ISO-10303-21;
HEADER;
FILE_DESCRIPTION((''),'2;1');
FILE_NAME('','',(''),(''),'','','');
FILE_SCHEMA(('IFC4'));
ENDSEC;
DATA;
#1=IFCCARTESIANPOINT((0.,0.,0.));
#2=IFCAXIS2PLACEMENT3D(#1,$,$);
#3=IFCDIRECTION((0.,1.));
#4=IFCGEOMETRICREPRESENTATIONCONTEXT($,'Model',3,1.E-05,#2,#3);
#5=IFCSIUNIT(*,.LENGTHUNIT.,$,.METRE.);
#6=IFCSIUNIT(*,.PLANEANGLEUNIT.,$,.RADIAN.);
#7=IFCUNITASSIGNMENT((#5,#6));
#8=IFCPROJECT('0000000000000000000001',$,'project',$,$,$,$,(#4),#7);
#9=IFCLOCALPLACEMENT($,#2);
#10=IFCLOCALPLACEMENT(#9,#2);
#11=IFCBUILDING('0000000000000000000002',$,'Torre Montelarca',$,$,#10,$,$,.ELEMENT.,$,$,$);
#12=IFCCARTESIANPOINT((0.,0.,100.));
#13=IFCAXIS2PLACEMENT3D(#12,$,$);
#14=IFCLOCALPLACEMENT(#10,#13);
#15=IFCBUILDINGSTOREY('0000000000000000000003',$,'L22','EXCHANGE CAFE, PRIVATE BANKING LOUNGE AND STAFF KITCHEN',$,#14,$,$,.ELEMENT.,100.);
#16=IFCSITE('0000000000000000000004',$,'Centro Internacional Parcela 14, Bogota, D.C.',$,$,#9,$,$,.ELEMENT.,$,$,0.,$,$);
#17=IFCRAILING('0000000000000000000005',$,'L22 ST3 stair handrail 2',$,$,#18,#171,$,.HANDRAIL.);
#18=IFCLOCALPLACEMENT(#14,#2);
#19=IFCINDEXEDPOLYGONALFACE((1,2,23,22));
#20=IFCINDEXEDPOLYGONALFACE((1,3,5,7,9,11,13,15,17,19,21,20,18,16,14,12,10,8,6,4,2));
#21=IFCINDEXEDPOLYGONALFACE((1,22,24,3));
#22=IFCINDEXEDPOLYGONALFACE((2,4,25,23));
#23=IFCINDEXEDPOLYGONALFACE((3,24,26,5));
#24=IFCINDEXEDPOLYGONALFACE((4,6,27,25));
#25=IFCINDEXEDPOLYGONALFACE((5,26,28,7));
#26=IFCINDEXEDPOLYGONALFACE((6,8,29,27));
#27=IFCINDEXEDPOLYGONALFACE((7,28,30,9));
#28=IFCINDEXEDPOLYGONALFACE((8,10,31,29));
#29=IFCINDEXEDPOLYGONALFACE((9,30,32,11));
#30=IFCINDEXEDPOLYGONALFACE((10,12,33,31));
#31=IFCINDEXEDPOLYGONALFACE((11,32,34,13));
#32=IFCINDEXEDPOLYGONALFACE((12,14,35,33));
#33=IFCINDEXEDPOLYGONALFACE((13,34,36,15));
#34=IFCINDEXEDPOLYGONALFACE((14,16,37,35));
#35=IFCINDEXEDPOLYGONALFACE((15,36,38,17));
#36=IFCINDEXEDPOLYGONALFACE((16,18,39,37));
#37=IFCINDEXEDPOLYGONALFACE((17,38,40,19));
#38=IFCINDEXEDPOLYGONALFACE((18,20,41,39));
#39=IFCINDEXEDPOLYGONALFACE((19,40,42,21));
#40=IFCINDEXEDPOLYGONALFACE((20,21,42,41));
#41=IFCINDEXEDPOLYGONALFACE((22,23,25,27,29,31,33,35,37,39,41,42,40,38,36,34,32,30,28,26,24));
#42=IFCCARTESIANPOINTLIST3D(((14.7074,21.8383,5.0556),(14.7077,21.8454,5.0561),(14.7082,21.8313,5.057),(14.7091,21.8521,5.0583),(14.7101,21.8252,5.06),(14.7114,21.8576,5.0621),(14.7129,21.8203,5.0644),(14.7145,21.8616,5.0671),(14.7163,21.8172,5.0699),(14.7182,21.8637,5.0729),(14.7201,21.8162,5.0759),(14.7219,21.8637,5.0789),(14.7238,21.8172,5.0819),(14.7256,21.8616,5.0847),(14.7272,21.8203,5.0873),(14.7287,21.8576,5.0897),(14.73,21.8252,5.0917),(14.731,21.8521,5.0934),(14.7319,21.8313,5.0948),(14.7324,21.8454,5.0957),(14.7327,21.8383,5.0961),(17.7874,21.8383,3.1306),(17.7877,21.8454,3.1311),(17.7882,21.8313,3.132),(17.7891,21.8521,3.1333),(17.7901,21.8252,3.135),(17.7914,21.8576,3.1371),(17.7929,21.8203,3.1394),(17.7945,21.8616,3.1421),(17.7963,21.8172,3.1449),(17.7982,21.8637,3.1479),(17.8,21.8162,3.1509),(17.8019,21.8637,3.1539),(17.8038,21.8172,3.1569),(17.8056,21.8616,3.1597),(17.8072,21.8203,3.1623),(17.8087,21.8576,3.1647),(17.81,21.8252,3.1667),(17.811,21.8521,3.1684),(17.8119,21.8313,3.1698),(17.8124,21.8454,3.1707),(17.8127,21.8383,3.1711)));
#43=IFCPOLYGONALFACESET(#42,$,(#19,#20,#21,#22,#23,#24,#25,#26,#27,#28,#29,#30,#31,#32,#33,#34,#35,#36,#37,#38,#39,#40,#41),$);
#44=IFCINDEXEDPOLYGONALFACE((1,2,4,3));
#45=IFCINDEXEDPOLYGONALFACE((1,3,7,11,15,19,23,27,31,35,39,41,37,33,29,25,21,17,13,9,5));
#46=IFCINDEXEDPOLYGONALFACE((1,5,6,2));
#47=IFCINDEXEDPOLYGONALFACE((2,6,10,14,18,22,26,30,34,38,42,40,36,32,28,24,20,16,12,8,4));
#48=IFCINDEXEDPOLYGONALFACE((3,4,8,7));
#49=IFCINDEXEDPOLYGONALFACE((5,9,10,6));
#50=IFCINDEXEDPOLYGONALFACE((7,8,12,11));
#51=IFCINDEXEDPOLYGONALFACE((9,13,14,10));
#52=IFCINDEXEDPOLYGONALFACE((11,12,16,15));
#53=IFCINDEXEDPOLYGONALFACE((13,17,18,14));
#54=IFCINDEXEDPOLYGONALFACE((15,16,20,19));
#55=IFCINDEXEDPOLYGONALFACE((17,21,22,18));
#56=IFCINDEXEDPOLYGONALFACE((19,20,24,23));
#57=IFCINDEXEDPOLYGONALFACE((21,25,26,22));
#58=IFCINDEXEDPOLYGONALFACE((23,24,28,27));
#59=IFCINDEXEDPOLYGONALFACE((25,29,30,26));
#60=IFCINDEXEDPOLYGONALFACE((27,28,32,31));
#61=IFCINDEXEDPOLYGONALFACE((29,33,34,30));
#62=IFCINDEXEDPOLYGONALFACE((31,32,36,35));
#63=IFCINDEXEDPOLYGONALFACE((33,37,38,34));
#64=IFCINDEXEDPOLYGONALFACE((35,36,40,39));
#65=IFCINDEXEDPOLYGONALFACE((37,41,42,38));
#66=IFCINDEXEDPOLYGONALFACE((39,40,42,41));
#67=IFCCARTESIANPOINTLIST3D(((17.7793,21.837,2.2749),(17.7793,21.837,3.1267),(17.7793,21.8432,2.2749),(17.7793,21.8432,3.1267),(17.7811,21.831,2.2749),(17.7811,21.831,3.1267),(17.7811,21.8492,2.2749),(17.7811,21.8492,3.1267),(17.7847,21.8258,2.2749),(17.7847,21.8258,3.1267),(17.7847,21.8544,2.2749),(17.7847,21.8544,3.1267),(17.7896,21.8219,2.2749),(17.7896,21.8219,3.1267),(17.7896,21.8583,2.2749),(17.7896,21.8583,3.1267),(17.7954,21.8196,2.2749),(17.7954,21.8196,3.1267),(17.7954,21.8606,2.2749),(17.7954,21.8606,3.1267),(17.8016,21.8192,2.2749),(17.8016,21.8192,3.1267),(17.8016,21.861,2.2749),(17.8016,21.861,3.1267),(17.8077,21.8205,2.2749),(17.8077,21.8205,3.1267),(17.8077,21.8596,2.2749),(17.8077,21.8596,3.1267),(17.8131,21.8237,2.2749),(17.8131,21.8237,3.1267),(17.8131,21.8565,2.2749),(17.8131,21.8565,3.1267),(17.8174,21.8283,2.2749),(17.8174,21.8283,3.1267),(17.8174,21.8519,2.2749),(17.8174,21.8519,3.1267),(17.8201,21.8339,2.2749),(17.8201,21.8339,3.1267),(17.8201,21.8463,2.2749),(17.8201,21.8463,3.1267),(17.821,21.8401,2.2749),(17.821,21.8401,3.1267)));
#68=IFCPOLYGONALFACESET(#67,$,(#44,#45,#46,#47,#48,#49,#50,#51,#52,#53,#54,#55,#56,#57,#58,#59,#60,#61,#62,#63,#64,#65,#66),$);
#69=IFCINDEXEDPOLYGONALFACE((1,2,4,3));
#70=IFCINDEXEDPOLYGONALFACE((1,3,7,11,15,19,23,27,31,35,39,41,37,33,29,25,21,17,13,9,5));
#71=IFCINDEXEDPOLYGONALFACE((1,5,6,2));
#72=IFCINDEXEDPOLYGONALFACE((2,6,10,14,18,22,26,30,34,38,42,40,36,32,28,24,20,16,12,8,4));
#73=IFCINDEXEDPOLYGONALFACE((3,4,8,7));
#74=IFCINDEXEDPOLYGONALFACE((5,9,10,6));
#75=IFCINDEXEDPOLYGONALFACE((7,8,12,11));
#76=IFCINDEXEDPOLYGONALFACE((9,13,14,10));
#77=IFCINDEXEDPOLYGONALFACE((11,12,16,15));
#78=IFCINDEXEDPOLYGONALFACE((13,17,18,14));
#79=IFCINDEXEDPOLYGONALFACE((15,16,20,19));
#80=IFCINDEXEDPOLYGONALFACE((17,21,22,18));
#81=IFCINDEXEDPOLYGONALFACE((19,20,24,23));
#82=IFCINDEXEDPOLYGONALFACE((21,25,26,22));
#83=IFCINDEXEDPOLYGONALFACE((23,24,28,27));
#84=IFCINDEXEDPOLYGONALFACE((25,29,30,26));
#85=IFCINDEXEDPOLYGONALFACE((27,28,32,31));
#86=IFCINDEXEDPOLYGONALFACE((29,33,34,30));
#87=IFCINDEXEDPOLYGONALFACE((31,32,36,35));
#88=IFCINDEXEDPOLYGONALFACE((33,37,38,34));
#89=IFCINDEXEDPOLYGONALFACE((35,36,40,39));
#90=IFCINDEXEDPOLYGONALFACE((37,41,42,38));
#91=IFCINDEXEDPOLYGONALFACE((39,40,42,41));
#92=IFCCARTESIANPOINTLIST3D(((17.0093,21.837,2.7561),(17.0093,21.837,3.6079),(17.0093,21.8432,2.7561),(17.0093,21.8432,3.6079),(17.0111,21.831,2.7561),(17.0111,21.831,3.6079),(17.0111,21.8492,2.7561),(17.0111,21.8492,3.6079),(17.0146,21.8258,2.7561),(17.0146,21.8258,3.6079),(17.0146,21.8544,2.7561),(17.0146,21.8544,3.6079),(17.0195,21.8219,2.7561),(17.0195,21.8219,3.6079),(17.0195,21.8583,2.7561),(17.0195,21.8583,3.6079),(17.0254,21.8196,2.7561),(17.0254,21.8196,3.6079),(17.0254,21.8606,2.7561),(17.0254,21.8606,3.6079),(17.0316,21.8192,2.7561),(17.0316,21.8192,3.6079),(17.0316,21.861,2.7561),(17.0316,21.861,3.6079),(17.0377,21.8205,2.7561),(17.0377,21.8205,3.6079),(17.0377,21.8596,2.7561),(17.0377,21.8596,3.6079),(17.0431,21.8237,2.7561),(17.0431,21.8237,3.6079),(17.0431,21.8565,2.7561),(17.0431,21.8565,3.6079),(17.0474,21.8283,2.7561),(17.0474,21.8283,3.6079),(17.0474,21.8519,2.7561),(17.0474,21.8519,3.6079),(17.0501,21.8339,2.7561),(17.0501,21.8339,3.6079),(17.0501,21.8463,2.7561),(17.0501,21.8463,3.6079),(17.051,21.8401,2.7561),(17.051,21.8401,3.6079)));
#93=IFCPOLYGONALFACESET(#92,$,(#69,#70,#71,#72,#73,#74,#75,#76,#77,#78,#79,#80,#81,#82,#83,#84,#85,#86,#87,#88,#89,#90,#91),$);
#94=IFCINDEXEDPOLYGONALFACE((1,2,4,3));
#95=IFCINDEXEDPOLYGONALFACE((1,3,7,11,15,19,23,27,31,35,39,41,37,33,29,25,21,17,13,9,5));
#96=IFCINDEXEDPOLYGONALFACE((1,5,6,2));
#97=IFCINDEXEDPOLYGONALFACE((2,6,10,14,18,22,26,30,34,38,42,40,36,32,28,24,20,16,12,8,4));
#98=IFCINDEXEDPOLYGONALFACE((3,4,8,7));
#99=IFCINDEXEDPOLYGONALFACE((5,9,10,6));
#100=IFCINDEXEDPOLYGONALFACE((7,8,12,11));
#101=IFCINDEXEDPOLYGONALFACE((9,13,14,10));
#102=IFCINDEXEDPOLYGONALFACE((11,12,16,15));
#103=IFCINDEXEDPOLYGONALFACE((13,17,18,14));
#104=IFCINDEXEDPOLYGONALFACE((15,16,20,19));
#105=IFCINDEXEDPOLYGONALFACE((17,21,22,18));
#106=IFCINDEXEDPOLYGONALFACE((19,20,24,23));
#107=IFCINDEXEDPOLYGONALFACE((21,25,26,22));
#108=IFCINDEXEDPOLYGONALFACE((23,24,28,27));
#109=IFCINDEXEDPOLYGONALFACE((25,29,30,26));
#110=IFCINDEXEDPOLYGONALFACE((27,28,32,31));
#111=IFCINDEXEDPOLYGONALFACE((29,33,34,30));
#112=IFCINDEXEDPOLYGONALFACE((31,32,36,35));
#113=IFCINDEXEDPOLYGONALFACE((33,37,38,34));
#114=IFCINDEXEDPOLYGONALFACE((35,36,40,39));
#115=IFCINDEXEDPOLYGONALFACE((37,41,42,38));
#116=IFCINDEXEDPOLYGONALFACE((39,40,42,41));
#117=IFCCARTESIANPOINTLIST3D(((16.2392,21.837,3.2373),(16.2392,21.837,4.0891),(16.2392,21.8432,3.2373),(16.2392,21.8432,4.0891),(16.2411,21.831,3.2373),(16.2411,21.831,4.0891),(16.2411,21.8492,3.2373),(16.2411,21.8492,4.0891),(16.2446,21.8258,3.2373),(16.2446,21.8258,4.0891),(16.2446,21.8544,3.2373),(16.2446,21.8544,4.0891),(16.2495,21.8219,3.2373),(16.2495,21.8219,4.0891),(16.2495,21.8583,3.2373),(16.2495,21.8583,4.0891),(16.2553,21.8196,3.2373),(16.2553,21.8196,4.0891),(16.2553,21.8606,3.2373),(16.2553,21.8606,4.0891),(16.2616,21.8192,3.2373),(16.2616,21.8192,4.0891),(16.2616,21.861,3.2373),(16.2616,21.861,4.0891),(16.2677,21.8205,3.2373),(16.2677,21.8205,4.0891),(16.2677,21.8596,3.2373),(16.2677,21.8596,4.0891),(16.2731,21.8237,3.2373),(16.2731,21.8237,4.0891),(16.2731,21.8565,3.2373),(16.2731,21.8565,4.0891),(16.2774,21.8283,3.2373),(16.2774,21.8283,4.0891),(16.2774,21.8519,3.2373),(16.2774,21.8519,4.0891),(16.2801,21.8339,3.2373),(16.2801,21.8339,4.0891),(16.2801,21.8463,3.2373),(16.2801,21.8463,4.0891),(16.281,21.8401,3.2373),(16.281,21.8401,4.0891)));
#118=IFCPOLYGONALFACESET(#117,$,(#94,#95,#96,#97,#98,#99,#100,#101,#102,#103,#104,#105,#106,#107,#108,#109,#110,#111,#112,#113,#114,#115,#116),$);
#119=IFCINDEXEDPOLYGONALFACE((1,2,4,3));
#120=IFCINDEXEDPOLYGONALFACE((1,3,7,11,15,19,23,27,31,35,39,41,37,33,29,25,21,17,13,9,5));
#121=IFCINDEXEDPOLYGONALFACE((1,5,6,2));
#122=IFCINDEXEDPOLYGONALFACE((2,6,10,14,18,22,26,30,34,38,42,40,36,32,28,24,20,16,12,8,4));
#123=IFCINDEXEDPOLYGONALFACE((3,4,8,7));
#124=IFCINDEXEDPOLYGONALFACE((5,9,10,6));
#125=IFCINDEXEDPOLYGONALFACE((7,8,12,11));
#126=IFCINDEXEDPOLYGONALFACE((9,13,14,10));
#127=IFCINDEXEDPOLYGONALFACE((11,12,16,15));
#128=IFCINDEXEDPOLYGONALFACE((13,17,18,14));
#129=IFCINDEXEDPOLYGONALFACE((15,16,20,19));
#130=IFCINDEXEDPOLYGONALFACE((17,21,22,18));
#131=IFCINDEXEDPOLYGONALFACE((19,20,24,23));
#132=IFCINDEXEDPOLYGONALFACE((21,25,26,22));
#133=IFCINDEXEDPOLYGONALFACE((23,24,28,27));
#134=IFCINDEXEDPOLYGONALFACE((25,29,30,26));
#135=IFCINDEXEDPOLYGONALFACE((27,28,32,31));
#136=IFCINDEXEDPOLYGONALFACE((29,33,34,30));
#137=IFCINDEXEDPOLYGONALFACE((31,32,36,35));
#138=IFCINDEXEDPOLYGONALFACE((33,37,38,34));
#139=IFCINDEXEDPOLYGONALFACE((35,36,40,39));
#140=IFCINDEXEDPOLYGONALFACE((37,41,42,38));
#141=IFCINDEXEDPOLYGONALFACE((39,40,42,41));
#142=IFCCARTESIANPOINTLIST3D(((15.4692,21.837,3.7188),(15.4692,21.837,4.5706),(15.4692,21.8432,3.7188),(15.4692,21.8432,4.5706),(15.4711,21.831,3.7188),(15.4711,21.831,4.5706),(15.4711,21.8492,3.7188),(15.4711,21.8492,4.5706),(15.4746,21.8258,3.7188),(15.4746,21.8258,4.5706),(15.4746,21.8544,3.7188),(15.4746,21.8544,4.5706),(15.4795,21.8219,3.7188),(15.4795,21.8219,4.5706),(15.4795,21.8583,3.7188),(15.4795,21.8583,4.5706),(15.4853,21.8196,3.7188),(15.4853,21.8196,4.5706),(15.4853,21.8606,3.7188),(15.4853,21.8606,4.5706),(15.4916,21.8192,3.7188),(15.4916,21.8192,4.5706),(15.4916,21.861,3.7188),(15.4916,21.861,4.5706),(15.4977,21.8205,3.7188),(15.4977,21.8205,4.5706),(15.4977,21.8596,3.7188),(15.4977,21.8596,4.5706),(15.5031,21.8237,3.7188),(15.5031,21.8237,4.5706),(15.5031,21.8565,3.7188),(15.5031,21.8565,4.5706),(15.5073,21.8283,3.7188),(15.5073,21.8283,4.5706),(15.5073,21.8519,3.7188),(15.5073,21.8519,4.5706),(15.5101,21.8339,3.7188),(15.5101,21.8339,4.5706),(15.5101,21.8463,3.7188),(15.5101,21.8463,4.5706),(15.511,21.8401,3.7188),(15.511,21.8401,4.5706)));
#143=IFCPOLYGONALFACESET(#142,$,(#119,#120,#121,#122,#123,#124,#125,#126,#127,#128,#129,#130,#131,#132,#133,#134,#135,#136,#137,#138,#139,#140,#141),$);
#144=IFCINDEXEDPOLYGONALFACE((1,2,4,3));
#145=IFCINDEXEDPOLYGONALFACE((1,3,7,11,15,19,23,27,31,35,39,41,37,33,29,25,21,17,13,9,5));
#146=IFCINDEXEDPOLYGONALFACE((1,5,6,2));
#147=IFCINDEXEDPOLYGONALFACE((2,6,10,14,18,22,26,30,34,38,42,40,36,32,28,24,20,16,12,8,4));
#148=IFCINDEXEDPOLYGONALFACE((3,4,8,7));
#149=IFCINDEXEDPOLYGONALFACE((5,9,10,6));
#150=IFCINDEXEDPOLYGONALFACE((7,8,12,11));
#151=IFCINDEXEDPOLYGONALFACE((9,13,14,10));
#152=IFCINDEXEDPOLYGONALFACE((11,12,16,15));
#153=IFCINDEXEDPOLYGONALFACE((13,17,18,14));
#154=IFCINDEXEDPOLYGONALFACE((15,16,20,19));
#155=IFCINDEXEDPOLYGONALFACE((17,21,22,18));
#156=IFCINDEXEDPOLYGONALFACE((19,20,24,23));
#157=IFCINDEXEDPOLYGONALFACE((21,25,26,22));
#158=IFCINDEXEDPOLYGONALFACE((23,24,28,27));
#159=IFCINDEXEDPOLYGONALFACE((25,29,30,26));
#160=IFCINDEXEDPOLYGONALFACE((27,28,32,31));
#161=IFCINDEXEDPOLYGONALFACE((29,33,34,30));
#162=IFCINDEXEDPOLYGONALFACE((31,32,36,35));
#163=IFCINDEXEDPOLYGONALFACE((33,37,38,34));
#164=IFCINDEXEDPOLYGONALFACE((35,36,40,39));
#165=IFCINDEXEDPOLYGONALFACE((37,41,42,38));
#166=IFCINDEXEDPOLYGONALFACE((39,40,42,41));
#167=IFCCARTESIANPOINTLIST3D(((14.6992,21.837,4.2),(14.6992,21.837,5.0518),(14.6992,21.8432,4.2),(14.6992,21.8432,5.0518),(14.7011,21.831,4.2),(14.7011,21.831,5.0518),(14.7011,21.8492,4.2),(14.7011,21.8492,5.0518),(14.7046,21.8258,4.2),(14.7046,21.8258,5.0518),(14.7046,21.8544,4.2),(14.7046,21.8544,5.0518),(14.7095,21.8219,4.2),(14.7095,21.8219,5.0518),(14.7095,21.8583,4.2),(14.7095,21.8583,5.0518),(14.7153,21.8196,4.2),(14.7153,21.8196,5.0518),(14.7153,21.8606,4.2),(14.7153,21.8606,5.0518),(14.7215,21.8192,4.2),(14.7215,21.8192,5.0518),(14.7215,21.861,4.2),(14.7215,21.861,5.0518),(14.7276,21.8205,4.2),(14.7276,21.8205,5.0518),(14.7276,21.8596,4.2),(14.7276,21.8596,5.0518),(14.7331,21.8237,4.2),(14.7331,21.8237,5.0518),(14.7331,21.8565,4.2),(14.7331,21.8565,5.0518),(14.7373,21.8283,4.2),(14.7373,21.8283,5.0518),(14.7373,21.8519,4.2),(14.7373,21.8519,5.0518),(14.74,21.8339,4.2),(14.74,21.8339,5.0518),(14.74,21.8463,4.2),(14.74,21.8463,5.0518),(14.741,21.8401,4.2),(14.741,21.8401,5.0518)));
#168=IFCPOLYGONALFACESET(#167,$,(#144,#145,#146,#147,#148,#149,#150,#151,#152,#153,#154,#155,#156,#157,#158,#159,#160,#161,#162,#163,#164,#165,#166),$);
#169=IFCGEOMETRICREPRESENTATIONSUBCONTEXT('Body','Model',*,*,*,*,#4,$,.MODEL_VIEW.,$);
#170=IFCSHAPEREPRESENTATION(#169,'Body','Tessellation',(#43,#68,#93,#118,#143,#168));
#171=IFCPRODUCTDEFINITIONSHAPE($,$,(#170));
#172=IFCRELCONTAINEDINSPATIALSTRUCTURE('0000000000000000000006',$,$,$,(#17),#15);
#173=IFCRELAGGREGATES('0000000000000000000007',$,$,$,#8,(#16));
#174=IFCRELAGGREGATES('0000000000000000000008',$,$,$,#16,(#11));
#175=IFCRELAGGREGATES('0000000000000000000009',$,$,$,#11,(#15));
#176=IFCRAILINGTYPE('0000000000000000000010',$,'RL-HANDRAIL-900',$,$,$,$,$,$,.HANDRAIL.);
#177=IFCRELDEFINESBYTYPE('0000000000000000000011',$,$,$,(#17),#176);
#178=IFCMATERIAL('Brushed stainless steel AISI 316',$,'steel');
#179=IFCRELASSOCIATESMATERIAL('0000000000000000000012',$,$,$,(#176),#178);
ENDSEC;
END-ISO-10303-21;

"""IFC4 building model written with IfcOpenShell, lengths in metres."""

from ifc_helpers import new_model, si_unit, direction, frame, origin, origin_2d, place, context, subcontext, project, spatial, circle, extrude, material, type_object, element, save


model = new_model("IFC4")

# Units and contexts
model_context = context("Model", 3, precision=1e-05, world=origin(), true_north=direction((0.0, 1.0)))
body_context = subcontext(model_context, "Body", "Model", "MODEL_VIEW")
ifc_project = project(units=[si_unit("LENGTHUNIT", "METRE"), si_unit("PLANEANGLEUNIT", "RADIAN")], contexts=[model_context])

# Site, building, storey
site_placement = place(None, origin())
site = spatial("IfcSite", under=ifc_project, at=site_placement, Name="Centro Internacional Parcela 14, Bogota, D.C.", CompositionType="ELEMENT", RefElevation=0.0)
building_placement = place(site_placement, origin())
building = spatial("IfcBuilding", under=site, at=building_placement, Name="Torre Montelarca", CompositionType="ELEMENT")
storey_placement = place(building_placement, frame((0.0, 0.0, 100.0)))
storey = spatial("IfcBuildingStorey", under=building, at=storey_placement, Name="L22", Description="EXCHANGE CAFE, PRIVATE BANKING LOUNGE AND STAFF KITCHEN", CompositionType="ELEMENT", Elevation=100.0)

# Railing
ifc_material_1 = material(Name="Brushed stainless steel AISI 316", Category="steel")
railing_type_1 = type_object("IfcRailingType", Name="RL-HANDRAIL-900", PredefinedType="HANDRAIL", material=ifc_material_1)
railing_1_placement = place(storey_placement, frame((17.8, 21.8401, 2.2749)))
element("IfcRailing", 1, at=railing_1_placement, inside=storey, type_object=railing_type_1, Name="L22 ST3 stair handrail 2", PredefinedType="HANDRAIL", context=body_context, shape_type="SweptSolid", body=[
    extrude(circle(Radius=0.0239, at=origin_2d()), frame((0.0, 0.0, 0.876), z_axis=(-0.847998, 0.0, 0.529999), x_axis=(0.0, -1.0, 0.0)), (0.0, 0.0, 1.0), 3.6321),
    extrude(circle(Radius=0.021, at=origin_2d()), origin(), (0.0, 0.0, 1.0), 0.8518),
    extrude(circle(Radius=0.021, at=origin_2d()), frame((-0.77, 0.0, 0.4812)), (0.0, 0.0, 1.0), 0.8518),
    extrude(circle(Radius=0.021, at=origin_2d()), frame((-1.54, 0.0, 0.9624)), (0.0, 0.0, 1.0), 0.8518),
    extrude(circle(Radius=0.021, at=origin_2d()), frame((-2.3101, 0.0, 1.4438)), (0.0, 0.0, 1.0), 0.8518),
    extrude(circle(Radius=0.021, at=origin_2d()), frame((-3.0801, 0.0, 1.925)), (0.0, 0.0, 1.0), 0.8518),
])

save(model, "model.ifc")
